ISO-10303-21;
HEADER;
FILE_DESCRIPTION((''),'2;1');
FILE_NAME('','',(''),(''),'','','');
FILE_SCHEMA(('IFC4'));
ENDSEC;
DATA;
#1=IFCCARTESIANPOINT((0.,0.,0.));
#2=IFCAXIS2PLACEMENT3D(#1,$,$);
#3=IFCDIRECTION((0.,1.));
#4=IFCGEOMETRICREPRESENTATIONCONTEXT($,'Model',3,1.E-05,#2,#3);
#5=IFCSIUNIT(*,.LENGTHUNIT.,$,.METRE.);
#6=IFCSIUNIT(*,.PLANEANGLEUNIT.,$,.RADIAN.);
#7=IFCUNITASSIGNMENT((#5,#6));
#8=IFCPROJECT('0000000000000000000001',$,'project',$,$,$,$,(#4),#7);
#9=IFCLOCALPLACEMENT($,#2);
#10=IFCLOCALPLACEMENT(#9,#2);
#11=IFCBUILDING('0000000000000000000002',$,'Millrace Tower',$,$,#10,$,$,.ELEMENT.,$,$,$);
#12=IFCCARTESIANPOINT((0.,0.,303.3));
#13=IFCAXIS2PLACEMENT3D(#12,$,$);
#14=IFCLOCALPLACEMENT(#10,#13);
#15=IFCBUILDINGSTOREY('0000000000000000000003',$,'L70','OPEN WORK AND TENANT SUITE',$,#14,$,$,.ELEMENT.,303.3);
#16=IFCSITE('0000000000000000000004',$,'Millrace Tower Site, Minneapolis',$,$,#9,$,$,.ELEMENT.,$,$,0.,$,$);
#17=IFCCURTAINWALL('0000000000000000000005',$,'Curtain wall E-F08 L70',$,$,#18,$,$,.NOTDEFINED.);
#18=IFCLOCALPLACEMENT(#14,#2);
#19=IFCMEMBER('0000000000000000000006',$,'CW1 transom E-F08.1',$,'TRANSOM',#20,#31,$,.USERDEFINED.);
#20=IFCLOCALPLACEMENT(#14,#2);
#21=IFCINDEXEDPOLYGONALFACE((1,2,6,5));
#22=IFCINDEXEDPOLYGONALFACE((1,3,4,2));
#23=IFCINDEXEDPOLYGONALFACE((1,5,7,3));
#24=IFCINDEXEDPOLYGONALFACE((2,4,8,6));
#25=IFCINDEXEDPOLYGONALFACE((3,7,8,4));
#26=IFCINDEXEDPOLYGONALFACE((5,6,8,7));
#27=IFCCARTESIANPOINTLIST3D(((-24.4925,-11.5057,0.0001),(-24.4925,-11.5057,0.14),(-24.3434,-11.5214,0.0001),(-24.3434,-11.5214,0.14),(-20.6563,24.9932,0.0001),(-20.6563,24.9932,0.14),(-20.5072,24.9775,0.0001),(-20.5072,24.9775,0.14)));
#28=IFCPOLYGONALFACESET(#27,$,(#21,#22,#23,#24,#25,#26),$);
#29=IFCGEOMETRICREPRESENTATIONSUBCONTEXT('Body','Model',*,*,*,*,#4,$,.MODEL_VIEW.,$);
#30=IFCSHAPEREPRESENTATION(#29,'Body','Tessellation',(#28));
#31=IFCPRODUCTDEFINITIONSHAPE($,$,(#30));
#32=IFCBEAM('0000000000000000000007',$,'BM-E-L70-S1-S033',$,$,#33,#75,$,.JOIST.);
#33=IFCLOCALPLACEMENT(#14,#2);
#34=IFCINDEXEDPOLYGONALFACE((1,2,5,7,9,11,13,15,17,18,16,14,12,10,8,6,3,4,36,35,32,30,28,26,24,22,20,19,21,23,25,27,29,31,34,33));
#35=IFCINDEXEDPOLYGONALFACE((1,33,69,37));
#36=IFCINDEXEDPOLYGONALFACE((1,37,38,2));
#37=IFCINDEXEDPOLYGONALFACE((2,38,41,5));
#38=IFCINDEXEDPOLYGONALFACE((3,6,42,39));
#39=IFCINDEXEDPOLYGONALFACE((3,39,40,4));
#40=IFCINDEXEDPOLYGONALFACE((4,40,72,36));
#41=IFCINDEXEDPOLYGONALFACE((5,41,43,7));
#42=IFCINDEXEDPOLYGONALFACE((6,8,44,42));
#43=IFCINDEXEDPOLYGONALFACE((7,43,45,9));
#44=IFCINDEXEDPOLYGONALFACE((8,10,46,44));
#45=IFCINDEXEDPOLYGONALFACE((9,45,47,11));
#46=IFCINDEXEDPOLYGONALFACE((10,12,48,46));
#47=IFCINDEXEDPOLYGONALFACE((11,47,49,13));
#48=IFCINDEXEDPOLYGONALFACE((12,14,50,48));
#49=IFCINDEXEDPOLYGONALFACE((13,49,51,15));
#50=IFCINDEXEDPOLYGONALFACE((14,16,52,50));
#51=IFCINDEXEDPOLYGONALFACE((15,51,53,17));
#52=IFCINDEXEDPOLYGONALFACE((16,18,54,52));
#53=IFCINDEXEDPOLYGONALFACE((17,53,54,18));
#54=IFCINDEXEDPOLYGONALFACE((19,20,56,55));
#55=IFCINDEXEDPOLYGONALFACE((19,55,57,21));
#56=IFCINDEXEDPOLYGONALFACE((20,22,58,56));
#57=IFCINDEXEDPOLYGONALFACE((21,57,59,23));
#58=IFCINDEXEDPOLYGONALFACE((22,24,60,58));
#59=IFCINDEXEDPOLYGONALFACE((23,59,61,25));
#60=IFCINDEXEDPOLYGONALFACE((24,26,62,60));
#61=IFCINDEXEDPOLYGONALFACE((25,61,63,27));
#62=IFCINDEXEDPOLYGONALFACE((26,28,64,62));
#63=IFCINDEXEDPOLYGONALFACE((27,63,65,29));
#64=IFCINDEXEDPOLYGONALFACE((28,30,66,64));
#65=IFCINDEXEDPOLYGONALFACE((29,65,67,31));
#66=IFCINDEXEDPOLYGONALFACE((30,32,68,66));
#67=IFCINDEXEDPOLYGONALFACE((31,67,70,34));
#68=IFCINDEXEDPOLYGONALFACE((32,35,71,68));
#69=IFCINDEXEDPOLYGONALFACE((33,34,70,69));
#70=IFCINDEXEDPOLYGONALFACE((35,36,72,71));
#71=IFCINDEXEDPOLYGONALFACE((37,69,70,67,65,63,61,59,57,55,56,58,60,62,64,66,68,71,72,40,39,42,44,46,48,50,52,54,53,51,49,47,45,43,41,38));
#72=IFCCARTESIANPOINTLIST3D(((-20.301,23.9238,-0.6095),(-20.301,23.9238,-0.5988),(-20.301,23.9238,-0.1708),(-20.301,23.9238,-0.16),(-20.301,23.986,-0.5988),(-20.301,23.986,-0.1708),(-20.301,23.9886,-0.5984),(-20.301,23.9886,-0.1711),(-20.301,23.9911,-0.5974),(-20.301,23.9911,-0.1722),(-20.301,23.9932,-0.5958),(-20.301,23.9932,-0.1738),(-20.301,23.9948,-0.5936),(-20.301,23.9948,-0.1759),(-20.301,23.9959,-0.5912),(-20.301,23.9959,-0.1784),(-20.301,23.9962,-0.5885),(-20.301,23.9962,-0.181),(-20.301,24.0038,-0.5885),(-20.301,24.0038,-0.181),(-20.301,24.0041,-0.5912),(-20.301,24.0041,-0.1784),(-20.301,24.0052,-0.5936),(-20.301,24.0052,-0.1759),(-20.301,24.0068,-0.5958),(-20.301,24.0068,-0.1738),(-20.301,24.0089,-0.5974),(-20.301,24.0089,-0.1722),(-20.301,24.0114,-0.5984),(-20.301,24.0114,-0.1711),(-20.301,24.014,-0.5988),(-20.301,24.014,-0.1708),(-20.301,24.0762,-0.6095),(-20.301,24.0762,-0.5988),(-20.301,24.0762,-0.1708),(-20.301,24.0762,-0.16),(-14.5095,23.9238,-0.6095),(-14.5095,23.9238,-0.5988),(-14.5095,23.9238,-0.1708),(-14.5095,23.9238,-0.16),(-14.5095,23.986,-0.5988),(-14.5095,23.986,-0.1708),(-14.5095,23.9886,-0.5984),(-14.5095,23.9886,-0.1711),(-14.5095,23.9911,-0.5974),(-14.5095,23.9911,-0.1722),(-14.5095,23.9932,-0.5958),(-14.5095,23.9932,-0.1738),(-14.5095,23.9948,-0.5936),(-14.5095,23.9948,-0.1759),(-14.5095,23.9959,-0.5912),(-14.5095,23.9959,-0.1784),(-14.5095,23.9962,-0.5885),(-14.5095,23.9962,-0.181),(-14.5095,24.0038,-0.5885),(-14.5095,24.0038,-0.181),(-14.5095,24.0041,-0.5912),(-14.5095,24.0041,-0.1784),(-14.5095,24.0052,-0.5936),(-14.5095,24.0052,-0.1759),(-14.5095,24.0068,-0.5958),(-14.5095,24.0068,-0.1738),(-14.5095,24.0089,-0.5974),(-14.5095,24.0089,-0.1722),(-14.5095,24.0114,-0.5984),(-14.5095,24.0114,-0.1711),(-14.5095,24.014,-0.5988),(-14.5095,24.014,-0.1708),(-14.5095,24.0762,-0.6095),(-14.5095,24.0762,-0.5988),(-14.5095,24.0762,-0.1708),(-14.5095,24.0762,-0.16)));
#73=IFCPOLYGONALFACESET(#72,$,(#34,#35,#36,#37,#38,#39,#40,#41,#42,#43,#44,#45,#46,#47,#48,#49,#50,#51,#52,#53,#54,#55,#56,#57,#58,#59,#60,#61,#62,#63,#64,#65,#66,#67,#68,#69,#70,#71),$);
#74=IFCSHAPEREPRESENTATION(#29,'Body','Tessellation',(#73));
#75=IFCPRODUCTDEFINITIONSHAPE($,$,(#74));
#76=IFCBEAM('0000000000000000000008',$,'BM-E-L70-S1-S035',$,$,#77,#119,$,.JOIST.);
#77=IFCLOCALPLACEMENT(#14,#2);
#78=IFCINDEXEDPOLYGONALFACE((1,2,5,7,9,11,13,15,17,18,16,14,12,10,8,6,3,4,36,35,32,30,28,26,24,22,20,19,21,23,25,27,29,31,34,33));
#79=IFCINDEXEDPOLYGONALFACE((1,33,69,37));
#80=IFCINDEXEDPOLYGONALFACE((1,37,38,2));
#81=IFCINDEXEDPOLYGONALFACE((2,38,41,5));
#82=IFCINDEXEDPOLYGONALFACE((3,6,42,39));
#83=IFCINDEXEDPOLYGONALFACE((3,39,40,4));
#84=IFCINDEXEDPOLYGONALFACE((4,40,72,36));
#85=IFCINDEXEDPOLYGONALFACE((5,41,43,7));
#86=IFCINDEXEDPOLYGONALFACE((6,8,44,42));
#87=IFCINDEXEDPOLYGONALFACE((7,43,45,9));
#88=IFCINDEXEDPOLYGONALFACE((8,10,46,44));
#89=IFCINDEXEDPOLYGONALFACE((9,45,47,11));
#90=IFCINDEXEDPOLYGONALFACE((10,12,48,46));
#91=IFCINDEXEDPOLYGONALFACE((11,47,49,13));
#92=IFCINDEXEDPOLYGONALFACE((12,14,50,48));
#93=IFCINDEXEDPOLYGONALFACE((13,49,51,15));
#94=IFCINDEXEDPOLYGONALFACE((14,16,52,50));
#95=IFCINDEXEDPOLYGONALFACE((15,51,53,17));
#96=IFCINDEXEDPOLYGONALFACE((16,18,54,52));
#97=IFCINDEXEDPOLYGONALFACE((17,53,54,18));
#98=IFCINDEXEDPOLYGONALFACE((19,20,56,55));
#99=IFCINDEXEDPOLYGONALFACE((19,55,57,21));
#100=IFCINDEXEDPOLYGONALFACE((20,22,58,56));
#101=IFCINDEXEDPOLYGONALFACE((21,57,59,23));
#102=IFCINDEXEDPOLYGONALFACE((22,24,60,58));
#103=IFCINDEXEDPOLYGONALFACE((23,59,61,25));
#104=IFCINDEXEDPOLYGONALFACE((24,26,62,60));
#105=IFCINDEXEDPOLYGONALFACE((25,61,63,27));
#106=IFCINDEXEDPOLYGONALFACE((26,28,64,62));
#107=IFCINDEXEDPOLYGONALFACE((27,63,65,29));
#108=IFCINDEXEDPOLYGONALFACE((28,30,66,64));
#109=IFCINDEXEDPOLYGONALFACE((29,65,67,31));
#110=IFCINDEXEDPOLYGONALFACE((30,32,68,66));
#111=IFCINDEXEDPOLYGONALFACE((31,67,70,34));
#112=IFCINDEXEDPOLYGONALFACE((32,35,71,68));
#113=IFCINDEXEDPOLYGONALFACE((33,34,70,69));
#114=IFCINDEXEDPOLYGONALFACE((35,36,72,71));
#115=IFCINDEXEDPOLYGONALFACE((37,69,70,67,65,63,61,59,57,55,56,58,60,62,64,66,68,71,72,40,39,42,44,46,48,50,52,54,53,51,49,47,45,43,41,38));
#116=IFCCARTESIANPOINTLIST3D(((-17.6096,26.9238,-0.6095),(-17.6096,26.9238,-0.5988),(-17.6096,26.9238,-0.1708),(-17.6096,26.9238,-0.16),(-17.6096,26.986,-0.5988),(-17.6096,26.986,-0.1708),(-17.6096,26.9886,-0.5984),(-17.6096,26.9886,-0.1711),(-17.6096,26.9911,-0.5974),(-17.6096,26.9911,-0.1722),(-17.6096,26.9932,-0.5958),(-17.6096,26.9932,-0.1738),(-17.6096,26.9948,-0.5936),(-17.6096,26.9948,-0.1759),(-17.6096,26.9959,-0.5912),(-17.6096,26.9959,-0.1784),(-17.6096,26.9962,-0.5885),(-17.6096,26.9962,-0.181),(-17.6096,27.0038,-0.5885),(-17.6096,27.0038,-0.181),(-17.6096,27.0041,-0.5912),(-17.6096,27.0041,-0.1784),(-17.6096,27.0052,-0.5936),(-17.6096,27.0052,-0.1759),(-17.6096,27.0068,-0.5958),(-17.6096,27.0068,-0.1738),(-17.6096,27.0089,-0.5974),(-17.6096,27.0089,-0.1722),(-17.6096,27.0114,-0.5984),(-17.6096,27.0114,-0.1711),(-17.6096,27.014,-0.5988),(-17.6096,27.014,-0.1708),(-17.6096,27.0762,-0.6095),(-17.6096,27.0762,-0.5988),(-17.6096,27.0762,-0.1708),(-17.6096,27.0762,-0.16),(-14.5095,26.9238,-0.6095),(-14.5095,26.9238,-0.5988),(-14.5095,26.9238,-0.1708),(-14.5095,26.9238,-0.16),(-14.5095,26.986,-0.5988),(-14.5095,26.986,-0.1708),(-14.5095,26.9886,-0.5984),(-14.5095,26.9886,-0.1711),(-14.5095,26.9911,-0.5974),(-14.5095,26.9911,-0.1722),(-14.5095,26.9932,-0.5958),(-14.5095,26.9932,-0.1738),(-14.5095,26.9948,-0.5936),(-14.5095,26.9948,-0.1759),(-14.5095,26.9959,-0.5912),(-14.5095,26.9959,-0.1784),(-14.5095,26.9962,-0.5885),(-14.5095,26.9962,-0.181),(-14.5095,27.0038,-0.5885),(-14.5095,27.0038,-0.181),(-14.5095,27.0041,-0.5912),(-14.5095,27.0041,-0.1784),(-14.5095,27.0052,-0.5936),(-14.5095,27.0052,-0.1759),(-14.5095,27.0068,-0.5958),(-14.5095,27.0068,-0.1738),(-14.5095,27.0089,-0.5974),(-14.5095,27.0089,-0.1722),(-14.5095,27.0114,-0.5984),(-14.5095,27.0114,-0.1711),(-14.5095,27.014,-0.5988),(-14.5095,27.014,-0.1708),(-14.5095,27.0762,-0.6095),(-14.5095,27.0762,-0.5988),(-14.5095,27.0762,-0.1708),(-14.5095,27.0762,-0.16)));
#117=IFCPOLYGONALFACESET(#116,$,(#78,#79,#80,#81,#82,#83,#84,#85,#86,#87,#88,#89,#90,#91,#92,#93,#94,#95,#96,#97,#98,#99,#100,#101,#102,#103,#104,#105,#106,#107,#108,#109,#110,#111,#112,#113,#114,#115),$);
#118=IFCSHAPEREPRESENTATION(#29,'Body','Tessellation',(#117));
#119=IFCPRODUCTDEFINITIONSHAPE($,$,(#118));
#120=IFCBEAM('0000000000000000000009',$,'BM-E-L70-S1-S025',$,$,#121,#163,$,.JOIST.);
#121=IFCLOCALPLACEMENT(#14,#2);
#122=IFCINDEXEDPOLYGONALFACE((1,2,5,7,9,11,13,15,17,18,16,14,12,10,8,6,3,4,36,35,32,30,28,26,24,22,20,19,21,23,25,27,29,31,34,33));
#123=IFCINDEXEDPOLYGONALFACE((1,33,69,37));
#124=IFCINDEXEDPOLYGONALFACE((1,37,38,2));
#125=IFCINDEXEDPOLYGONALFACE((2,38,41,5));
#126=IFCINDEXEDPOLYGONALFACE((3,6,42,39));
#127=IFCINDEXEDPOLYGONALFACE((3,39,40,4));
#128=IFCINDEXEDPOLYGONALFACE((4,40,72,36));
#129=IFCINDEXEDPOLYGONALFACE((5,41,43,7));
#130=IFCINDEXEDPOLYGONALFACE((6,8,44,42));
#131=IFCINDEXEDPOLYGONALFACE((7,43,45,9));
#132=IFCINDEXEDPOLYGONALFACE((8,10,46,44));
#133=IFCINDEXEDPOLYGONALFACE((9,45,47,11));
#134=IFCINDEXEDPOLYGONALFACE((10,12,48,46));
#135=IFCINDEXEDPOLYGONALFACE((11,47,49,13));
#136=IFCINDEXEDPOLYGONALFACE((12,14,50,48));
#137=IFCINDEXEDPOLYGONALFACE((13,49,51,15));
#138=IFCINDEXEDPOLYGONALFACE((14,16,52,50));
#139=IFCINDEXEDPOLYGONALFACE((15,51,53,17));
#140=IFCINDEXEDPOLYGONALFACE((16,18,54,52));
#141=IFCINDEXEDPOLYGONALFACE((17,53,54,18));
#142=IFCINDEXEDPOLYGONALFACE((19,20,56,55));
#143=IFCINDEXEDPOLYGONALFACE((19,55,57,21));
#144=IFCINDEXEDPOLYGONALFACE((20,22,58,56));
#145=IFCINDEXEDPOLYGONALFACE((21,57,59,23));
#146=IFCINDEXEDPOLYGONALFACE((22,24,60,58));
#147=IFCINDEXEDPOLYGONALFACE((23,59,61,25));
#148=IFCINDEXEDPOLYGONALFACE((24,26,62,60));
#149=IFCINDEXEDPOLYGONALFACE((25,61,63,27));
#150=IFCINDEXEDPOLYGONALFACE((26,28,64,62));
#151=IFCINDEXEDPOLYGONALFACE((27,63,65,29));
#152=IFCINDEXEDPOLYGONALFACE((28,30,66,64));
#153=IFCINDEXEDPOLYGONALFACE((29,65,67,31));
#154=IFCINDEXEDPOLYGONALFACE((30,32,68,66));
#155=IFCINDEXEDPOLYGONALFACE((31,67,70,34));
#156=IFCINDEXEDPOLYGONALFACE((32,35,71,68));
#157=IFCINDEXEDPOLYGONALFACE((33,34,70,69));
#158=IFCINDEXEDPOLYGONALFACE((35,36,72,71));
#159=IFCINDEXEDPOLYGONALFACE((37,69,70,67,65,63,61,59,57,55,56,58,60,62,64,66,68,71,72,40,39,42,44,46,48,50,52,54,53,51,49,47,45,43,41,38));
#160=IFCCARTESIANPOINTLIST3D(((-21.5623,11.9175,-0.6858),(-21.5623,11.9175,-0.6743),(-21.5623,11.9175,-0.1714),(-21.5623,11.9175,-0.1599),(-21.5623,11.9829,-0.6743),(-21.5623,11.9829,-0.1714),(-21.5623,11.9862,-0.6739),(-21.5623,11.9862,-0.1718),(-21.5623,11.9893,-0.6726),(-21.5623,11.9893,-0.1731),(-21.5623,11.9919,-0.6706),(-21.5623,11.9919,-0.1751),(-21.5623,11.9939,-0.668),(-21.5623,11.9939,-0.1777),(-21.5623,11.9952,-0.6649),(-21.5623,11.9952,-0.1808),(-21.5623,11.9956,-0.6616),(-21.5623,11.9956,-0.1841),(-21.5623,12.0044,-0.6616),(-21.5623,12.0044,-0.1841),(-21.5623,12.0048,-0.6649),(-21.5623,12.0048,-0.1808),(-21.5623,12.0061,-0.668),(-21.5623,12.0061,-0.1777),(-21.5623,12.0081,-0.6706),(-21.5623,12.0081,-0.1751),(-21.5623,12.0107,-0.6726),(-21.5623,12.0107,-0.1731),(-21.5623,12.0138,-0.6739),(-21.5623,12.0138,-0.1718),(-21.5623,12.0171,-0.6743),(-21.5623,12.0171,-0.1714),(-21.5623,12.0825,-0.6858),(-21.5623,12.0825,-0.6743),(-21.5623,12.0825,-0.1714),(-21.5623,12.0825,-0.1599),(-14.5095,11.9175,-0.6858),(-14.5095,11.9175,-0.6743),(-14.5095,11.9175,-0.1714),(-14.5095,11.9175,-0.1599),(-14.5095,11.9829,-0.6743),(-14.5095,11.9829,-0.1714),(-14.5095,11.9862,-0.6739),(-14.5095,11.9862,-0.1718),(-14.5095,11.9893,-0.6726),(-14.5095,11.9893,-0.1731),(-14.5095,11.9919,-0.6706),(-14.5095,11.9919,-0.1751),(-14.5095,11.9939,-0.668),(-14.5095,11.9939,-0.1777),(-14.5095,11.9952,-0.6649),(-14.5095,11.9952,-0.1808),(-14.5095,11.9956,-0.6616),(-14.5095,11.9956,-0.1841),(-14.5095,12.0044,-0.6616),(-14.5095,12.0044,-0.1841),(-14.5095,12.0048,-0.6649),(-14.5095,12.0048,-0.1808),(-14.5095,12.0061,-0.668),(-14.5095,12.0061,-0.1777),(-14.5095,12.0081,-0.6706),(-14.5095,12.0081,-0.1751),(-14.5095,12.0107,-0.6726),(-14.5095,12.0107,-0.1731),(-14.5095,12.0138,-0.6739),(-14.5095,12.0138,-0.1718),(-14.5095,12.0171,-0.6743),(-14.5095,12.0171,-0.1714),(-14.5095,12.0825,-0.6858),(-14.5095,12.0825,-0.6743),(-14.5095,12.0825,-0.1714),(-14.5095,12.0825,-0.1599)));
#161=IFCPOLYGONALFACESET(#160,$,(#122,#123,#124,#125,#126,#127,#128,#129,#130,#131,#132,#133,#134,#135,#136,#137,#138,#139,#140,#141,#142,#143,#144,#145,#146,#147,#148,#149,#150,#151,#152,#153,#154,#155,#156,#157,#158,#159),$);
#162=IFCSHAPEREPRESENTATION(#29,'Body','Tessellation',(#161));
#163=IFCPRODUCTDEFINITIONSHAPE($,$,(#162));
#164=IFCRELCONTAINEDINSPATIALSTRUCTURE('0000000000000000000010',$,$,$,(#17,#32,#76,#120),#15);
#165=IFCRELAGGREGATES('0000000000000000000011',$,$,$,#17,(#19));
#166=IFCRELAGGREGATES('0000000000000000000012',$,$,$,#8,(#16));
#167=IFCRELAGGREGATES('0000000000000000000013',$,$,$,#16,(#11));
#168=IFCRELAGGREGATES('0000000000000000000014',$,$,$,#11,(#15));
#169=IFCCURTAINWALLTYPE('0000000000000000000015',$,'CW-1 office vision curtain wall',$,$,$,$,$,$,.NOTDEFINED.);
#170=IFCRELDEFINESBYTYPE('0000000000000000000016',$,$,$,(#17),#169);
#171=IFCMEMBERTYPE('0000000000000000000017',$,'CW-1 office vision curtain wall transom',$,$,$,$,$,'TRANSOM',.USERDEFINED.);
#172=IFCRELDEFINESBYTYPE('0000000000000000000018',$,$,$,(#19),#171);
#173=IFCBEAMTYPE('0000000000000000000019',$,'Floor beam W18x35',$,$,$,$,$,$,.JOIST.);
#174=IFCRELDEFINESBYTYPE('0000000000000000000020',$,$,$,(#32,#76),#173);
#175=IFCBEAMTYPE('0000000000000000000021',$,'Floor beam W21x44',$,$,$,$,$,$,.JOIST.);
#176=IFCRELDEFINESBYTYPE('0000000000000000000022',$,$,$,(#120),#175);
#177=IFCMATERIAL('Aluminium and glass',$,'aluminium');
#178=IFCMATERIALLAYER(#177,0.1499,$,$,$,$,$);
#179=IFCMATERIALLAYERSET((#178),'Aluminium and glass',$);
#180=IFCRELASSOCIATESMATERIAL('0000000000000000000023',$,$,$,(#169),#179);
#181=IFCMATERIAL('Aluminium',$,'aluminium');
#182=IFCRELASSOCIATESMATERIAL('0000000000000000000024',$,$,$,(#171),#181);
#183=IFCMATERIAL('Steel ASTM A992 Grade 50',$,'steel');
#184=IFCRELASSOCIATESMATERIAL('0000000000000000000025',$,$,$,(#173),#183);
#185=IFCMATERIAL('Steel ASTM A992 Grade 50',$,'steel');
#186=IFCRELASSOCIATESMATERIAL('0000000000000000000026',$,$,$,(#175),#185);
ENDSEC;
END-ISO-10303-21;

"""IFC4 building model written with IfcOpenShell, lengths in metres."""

from ifc_helpers import new_model, si_unit, direction, frame, origin, origin_2d, place, context, subcontext, project, spatial, rectangle, i_section, extrude, material, layer, layer_set, material_profile, profile_set, type_object, element, aggregate, save


model = new_model("IFC4")

# Units and contexts
model_context = context("Model", 3, precision=1e-05, world=origin(), true_north=direction((0.0, 1.0)))
body_context = subcontext(model_context, "Body", "Model", "MODEL_VIEW")
ifc_project = project(units=[si_unit("LENGTHUNIT", "METRE"), si_unit("PLANEANGLEUNIT", "RADIAN")], contexts=[model_context])

# Site, building, storey
site_placement = place(None, origin())
site = spatial("IfcSite", under=ifc_project, at=site_placement, Name="Millrace Tower Site, Minneapolis", CompositionType="ELEMENT", RefElevation=0.0)
building_placement = place(site_placement, origin())
building = spatial("IfcBuilding", under=site, at=building_placement, Name="Millrace Tower", CompositionType="ELEMENT")
storey_placement = place(building_placement, frame((0.0, 0.0, 303.3)))
storey = spatial("IfcBuildingStorey", under=building, at=storey_placement, Name="L70", Description="OPEN WORK AND TENANT SUITE", CompositionType="ELEMENT", Elevation=303.3)

# Curtain wall, member
ifc_material_1 = material(Name="Aluminium and glass", Category="aluminium")
ifc_layer_1 = layer(ifc_material_1, 0.1499)
ifc_layer_set_1 = layer_set([ifc_layer_1], Name="Aluminium and glass")
curtain_wall_type = type_object("IfcCurtainWallType", Name="CW-1 office vision curtain wall", PredefinedType="NOTDEFINED", material=ifc_layer_set_1)
curtain_wall_placement = place(storey_placement, origin())
curtain_wall = element("IfcCurtainWall", 1, at=curtain_wall_placement, inside=storey, type_object=curtain_wall_type, Name="Curtain wall E-F08 L70", PredefinedType="NOTDEFINED")
ifc_material_2 = material(Name="Aluminium", Category="aluminium")
ifc_material_profile_1 = material_profile(ifc_material_2, rectangle(XDim=0.1499, YDim=0.1399, at=origin_2d()))
ifc_profile_set_1 = profile_set([ifc_material_profile_1], Name="Aluminium")
member_type_1 = type_object("IfcMemberType", Name="CW-1 office vision curtain wall transom", ElementType="TRANSOM", PredefinedType="USERDEFINED", material=ifc_profile_set_1)
member_1_placement = place(storey_placement, frame((-20.5818, 24.9854, 0.0701), z_axis=(-0.104528, -0.994522, 0.0), x_axis=(0.994522, -0.104528, 0.0)))
member_1 = element("IfcMember", 2, at=member_1_placement, type_object=member_type_1, Name="CW1 transom E-F08.1", ObjectType="TRANSOM", PredefinedType="USERDEFINED", context=body_context, shape_type="SweptSolid", body=[
    extrude(rectangle(XDim=0.1499, YDim=0.1399, at=origin_2d()), origin(), (0.0, 0.0, 1.0), 36.7),
])
aggregate(curtain_wall, [member_1])

# Beams
ifc_material_3 = material(Name="Steel ASTM A992 Grade 50", Category="steel")
ifc_material_profile_2 = material_profile(ifc_material_3, i_section(OverallWidth=0.1523, OverallDepth=0.4495, WebThickness=0.0076, FlangeThickness=0.0107, FilletRadius=0.0103, at=origin_2d()))
ifc_profile_set_2 = profile_set([ifc_material_profile_2], Name="Steel ASTM A992 Grade 50")
beam_type_1 = type_object("IfcBeamType", Name="Floor beam W18x35", PredefinedType="JOIST", material=ifc_profile_set_2)
beam_1_placement = place(storey_placement, frame((-20.301, 24.0, -0.3848), z_axis=(1.0, 0.0, 0.0), x_axis=(0.0, 1.0, 0.0)))
element("IfcBeam", 3, at=beam_1_placement, inside=storey, type_object=beam_type_1, Name="BM-E-L70-S1-S033", PredefinedType="JOIST", context=body_context, shape_type="SweptSolid", body=[
    extrude(i_section(OverallWidth=0.1523, OverallDepth=0.4495, WebThickness=0.0076, FlangeThickness=0.0107, FilletRadius=0.0103, at=origin_2d()), origin(), (0.0, 0.0, 1.0), 5.7915),
])
beam_2_placement = place(storey_placement, frame((-17.6096, 27.0, -0.3848), z_axis=(1.0, 0.0, 0.0), x_axis=(0.0, 1.0, 0.0)))
element("IfcBeam", 4, at=beam_2_placement, inside=storey, type_object=beam_type_1, Name="BM-E-L70-S1-S035", PredefinedType="JOIST", context=body_context, shape_type="SweptSolid", body=[
    extrude(i_section(OverallWidth=0.1523, OverallDepth=0.4495, WebThickness=0.0076, FlangeThickness=0.0107, FilletRadius=0.0103, at=origin_2d()), origin(), (0.0, 0.0, 1.0), 3.1001),
])
ifc_material_4 = material(Name="Steel ASTM A992 Grade 50", Category="steel")
ifc_material_profile_3 = material_profile(ifc_material_4, i_section(OverallWidth=0.165, OverallDepth=0.5259, WebThickness=0.0088, FlangeThickness=0.0115, FilletRadius=0.0127, at=origin_2d()))
ifc_profile_set_3 = profile_set([ifc_material_profile_3], Name="Steel ASTM A992 Grade 50")
beam_type_2 = type_object("IfcBeamType", Name="Floor beam W21x44", PredefinedType="JOIST", material=ifc_profile_set_3)
beam_3_placement = place(storey_placement, frame((-21.5623, 12.0, -0.4229), z_axis=(1.0, 0.0, 0.0), x_axis=(0.0, 1.0, 0.0)))
element("IfcBeam", 5, at=beam_3_placement, inside=storey, type_object=beam_type_2, Name="BM-E-L70-S1-S025", PredefinedType="JOIST", context=body_context, shape_type="SweptSolid", body=[
    extrude(i_section(OverallWidth=0.165, OverallDepth=0.5259, WebThickness=0.0088, FlangeThickness=0.0115, FilletRadius=0.0127, at=origin_2d()), origin(), (0.0, 0.0, 1.0), 7.0527),
])

save(model, "model.ifc")
